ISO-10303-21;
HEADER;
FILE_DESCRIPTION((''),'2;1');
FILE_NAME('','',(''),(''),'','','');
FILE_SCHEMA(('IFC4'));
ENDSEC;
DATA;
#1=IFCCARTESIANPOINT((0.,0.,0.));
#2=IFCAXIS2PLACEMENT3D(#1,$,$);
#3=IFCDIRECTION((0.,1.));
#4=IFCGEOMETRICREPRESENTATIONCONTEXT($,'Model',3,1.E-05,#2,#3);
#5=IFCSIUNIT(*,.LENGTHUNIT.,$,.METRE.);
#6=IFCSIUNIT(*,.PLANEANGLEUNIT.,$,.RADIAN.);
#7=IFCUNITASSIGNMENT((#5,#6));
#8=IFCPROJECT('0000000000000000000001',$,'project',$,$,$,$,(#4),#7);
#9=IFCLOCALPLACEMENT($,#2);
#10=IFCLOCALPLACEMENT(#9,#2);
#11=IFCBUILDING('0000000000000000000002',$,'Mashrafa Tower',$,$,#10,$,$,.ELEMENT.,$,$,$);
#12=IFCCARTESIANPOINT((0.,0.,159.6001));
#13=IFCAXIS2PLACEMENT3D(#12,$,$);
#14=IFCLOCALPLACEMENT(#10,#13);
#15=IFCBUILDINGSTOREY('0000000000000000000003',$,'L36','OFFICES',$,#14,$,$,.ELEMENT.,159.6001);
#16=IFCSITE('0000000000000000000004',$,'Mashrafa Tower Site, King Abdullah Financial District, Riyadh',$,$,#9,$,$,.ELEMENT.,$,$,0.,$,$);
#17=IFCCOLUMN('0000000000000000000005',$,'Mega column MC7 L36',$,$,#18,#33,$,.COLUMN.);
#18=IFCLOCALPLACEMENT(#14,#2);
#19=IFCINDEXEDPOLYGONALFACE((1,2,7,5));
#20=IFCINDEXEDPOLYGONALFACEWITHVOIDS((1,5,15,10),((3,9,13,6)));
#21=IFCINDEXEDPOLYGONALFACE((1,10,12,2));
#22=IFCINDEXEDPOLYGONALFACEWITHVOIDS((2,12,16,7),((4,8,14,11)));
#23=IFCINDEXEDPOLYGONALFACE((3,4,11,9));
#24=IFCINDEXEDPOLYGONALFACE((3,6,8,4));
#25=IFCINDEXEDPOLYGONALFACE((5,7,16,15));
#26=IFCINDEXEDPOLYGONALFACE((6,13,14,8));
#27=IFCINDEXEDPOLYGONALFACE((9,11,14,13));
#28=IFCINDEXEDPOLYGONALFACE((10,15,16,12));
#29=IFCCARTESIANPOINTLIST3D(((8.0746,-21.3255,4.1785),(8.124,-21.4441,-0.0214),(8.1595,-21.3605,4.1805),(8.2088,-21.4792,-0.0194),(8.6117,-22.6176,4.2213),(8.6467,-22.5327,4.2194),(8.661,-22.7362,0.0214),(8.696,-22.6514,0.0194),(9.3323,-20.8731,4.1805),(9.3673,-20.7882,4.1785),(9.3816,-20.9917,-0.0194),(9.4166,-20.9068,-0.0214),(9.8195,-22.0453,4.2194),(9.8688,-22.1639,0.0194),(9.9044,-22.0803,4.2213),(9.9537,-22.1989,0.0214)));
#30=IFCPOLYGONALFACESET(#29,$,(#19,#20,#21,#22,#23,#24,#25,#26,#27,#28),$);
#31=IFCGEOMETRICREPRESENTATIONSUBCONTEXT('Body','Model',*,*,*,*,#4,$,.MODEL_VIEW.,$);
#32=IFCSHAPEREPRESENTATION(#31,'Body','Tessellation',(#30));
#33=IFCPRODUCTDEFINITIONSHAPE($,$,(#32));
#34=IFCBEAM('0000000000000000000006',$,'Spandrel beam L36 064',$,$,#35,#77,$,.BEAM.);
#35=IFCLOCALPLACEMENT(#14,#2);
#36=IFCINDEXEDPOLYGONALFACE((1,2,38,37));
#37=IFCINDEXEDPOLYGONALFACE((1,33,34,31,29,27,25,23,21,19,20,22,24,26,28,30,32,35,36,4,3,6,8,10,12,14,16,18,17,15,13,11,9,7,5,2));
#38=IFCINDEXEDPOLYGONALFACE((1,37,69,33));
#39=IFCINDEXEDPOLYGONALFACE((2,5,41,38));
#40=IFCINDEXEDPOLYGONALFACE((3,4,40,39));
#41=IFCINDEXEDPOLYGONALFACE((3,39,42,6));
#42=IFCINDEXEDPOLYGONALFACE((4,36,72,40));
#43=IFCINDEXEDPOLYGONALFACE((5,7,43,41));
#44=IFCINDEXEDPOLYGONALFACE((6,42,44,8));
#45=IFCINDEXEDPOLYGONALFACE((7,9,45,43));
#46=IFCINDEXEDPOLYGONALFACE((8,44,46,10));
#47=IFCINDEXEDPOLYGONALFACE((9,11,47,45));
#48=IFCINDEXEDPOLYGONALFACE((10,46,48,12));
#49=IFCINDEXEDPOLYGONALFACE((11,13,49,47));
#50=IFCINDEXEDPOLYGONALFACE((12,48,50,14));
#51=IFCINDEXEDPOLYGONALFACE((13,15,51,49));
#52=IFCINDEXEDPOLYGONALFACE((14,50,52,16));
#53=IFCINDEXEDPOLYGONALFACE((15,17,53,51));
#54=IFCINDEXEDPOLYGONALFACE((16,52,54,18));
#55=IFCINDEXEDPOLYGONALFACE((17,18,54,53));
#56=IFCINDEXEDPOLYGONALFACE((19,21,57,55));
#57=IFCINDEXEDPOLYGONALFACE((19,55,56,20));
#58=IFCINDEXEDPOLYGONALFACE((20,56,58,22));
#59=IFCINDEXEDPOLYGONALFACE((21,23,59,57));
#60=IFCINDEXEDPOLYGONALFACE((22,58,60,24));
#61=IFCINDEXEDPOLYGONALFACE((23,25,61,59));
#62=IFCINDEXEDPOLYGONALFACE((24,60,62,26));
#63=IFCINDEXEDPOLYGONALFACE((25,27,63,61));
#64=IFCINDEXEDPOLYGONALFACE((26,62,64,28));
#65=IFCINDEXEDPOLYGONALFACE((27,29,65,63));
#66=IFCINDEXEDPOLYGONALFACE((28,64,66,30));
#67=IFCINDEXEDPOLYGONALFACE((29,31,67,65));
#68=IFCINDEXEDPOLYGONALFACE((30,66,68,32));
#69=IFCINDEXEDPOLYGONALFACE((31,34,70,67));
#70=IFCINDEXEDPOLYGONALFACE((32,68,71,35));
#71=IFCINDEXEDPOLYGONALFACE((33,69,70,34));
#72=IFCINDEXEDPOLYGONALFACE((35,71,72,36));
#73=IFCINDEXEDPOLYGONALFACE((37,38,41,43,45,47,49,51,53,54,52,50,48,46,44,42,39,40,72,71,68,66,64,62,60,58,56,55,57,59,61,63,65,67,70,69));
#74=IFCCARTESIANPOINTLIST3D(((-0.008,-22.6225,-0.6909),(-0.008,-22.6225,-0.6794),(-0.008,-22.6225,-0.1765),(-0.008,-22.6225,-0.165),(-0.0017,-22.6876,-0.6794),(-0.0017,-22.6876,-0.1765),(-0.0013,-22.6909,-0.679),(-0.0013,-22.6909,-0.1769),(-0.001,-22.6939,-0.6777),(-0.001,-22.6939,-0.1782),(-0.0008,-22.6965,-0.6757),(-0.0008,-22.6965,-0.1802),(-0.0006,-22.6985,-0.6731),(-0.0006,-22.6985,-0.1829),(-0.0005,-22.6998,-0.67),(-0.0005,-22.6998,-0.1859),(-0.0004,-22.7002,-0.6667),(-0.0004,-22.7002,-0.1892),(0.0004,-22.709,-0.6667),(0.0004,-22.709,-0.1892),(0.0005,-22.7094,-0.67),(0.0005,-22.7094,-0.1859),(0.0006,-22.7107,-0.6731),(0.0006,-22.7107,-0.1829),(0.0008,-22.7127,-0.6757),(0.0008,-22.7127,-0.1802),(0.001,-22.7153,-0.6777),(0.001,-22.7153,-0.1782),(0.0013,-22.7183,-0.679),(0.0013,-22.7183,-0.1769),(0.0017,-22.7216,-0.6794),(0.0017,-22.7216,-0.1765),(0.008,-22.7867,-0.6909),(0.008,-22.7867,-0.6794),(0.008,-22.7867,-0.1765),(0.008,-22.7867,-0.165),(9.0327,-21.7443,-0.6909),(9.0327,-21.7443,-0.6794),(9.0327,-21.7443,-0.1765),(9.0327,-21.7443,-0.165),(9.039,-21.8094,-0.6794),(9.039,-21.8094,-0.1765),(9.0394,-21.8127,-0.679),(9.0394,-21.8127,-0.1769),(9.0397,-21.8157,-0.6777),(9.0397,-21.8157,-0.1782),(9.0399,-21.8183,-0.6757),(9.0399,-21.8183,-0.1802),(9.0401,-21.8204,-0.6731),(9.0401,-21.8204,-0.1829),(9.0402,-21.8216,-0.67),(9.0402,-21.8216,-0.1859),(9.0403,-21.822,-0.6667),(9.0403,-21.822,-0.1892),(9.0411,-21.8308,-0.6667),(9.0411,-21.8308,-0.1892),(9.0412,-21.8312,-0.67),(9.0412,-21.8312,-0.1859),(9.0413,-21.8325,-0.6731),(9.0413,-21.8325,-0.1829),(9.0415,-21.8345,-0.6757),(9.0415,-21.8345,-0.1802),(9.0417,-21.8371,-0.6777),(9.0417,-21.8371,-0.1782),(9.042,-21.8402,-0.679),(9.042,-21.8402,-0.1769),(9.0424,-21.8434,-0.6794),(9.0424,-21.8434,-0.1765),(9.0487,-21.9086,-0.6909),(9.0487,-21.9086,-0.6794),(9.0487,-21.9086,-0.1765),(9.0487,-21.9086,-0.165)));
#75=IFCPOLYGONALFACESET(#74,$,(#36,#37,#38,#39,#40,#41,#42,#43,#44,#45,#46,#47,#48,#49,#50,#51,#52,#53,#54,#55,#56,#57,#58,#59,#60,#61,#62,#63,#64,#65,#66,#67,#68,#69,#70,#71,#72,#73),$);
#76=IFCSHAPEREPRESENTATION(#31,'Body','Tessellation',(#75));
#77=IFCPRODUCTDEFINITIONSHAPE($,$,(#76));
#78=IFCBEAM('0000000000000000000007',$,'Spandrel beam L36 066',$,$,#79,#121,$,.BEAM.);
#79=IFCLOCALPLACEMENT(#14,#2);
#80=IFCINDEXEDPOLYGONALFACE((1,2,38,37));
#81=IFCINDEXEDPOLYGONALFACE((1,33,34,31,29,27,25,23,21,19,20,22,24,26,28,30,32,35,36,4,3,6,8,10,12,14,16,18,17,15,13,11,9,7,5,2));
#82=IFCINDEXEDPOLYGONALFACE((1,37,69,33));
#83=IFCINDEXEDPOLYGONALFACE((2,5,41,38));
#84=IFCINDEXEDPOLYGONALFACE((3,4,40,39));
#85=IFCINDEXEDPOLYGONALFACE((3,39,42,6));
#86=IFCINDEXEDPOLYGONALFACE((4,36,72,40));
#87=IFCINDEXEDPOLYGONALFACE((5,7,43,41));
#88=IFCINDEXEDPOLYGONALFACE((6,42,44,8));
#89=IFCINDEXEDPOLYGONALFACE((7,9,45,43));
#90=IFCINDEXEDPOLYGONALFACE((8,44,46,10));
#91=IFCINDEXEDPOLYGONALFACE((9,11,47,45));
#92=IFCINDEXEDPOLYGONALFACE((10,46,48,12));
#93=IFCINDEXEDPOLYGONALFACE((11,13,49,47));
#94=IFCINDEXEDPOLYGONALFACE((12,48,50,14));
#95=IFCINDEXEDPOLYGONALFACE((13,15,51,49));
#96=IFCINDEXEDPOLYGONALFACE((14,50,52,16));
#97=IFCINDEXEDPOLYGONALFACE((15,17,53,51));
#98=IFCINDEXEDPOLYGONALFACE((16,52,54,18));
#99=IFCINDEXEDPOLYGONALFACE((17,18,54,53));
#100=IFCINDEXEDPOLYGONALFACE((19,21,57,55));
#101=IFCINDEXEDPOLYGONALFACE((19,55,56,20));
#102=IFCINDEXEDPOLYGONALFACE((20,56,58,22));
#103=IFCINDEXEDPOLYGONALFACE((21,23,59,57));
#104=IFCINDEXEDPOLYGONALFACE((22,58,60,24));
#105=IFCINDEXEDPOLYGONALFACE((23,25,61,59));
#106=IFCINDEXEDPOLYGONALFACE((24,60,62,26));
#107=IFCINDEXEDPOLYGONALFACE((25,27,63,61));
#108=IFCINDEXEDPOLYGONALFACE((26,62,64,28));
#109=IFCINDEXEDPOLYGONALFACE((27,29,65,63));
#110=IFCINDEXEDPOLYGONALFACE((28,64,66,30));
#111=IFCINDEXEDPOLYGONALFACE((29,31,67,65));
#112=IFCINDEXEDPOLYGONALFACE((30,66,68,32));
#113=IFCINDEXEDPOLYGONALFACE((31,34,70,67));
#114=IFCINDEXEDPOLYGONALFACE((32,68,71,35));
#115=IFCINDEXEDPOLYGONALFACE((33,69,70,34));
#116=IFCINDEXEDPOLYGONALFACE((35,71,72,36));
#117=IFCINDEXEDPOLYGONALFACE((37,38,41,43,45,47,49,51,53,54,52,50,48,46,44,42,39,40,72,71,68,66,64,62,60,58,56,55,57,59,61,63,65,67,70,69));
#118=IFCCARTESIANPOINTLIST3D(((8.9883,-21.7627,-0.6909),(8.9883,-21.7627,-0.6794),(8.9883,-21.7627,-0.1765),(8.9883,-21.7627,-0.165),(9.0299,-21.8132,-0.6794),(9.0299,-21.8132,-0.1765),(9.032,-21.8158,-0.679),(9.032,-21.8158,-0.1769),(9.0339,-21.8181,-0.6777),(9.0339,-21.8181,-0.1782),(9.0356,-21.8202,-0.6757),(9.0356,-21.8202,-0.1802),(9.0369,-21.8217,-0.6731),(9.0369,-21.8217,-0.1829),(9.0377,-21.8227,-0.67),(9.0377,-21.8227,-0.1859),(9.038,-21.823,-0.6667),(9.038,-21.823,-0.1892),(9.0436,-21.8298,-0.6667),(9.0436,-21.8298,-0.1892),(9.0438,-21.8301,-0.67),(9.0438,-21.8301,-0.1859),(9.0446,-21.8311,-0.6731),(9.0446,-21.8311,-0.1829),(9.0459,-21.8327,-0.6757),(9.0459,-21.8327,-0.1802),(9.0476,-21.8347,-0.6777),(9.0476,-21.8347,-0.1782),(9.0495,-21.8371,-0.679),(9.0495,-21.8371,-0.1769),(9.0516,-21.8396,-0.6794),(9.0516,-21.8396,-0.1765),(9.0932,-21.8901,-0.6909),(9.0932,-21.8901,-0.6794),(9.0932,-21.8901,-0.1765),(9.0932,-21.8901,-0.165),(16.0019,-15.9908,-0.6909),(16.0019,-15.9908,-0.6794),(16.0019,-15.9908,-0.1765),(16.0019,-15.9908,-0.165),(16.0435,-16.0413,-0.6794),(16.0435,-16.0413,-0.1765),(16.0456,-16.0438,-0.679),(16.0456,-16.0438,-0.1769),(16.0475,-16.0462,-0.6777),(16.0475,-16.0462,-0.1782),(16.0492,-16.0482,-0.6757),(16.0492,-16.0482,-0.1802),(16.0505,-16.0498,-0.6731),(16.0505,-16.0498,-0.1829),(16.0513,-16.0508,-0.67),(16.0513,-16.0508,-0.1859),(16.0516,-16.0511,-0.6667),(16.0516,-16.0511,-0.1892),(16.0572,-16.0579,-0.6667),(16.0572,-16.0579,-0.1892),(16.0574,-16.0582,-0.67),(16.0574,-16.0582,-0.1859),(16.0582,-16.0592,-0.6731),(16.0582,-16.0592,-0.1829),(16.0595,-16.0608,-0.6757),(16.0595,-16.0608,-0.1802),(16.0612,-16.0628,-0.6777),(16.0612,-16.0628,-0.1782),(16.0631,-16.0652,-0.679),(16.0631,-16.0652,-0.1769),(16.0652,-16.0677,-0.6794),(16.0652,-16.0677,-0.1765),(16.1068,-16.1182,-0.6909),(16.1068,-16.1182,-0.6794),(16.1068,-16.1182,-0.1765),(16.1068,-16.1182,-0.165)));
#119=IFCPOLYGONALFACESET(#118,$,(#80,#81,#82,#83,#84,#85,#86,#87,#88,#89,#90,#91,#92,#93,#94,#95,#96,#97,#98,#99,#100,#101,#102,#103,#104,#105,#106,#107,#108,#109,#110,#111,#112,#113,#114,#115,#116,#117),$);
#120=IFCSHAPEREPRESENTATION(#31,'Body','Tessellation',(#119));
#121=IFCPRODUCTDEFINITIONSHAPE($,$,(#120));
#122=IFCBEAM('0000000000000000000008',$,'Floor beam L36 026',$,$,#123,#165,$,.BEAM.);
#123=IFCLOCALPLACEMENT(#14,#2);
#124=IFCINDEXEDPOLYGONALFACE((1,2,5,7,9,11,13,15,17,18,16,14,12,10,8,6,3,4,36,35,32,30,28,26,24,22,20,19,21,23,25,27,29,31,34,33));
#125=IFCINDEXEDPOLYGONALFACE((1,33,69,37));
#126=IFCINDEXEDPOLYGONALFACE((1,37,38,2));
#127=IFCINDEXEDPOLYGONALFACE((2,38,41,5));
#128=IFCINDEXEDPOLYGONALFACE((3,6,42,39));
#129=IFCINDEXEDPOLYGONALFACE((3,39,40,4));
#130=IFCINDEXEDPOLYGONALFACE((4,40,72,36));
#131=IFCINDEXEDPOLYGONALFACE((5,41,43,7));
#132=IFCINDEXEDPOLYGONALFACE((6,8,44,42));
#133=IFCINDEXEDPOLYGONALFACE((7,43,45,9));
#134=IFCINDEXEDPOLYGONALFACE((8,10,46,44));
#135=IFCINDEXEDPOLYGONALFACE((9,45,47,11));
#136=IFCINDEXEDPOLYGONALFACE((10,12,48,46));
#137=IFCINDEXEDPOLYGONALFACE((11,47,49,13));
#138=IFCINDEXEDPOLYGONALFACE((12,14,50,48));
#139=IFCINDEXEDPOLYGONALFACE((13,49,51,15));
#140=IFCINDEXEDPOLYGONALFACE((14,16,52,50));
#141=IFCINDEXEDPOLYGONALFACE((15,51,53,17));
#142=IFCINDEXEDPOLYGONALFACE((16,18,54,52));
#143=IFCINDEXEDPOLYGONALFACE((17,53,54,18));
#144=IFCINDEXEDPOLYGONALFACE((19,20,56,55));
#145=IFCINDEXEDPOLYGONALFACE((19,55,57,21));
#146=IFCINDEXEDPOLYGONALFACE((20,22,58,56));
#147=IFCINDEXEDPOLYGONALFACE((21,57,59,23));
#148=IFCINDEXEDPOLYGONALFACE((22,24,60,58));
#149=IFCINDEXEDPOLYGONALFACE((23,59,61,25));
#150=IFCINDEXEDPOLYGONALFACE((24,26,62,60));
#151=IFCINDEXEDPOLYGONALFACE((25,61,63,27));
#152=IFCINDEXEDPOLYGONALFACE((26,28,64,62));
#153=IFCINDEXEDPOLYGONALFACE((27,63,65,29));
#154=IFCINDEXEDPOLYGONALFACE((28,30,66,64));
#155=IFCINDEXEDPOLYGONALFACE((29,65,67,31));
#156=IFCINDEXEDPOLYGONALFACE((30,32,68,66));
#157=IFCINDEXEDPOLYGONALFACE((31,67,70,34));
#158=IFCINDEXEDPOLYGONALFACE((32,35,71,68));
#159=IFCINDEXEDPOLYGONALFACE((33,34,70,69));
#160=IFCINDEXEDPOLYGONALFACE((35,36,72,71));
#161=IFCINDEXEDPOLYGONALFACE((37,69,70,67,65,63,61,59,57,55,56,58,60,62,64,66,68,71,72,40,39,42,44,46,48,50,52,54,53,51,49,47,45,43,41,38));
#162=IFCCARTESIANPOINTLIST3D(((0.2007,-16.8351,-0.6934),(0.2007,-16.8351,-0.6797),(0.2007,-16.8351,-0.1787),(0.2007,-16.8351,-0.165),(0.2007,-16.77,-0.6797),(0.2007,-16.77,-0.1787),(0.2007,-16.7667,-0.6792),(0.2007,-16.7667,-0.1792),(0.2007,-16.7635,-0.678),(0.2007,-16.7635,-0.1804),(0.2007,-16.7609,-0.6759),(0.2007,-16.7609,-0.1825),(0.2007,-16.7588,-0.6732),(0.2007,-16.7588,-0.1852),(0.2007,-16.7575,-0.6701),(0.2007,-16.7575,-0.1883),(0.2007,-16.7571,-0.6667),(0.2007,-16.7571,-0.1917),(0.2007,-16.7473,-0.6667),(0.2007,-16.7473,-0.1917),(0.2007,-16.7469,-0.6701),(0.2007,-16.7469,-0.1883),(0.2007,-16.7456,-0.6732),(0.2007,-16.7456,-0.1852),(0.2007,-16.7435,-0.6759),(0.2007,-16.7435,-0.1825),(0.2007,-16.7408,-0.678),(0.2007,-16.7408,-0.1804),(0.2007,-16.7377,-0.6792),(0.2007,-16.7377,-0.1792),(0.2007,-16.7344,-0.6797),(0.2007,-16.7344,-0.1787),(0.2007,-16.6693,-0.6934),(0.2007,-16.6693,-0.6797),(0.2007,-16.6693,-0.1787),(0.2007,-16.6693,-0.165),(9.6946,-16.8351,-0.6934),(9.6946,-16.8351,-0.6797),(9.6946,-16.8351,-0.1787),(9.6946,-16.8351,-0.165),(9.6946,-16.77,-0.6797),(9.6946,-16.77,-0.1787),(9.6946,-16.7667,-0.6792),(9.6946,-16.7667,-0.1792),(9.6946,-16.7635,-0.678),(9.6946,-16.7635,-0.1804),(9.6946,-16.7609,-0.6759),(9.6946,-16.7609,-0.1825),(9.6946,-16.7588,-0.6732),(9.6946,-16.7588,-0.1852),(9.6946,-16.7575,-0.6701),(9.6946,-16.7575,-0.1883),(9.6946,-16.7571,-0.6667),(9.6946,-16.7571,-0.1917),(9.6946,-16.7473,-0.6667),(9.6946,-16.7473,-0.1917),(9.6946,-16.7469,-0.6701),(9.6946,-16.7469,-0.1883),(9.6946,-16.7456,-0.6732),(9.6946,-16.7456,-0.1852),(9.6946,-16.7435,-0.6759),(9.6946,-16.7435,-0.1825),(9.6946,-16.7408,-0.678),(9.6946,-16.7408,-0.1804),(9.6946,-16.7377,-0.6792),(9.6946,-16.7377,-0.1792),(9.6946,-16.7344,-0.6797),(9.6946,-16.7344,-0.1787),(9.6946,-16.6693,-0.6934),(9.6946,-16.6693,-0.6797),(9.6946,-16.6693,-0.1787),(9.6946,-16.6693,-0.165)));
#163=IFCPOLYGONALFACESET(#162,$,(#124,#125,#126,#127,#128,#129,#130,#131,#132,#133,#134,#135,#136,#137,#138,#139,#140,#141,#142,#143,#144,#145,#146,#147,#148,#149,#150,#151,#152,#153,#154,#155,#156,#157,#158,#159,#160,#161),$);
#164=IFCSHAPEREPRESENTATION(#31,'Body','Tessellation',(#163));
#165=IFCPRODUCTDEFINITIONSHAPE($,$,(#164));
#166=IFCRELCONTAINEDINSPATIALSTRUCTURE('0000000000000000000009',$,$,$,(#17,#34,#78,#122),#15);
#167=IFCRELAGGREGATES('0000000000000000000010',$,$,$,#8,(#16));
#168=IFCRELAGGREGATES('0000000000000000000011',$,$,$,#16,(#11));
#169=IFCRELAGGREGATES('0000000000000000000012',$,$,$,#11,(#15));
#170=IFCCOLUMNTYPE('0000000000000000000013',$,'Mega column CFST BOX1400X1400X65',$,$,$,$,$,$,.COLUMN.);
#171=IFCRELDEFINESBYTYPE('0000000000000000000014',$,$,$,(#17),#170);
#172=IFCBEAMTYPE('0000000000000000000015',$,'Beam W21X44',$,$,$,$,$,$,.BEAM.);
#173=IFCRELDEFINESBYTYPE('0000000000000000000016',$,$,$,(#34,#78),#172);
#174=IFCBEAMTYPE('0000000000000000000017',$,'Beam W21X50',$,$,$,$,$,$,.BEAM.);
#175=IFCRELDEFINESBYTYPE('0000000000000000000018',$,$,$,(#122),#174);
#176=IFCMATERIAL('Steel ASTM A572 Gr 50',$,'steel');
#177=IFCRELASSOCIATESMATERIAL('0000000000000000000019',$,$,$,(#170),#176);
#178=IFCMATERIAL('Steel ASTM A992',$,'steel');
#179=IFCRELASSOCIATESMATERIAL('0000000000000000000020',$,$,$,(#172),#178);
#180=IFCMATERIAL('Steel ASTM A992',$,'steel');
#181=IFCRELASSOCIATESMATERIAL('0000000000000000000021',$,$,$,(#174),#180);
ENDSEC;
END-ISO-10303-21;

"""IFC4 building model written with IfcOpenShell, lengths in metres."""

from ifc_helpers import new_model, si_unit, direction, frame, origin, origin_2d, place, context, subcontext, project, spatial, hollow_rectangle, i_section, extrude, material, material_profile, profile_set, type_object, element, save


model = new_model("IFC4")

# Units and contexts
model_context = context("Model", 3, precision=1e-05, world=origin(), true_north=direction((0.0, 1.0)))
body_context = subcontext(model_context, "Body", "Model", "MODEL_VIEW")
ifc_project = project(units=[si_unit("LENGTHUNIT", "METRE"), si_unit("PLANEANGLEUNIT", "RADIAN")], contexts=[model_context])

# Site, building, storey
site_placement = place(None, origin())
site = spatial("IfcSite", under=ifc_project, at=site_placement, Name="Mashrafa Tower Site, King Abdullah Financial District, Riyadh", CompositionType="ELEMENT", RefElevation=0.0)
building_placement = place(site_placement, origin())
building = spatial("IfcBuilding", under=site, at=building_placement, Name="Mashrafa Tower", CompositionType="ELEMENT")
storey_placement = place(building_placement, frame((0.0, 0.0, 159.6001)))
storey = spatial("IfcBuildingStorey", under=building, at=storey_placement, Name="L36", Description="OFFICES", CompositionType="ELEMENT", Elevation=159.6001)

# Column
ifc_material_1 = material(Name="Steel ASTM A572 Gr 50", Category="steel")
ifc_material_profile_1 = material_profile(ifc_material_1, hollow_rectangle(XDim=1.3999, YDim=1.3999, WallThickness=0.0649, at=origin_2d()), Name="BOX1400X1400X65")
ifc_profile_set_1 = profile_set([ifc_material_profile_1], Name="Steel ASTM A572 Gr 50")
column_type = type_object("IfcColumnType", Name="Mega column CFST BOX1400X1400X65", PredefinedType="COLUMN", material=ifc_profile_set_1)
column_placement = place(storey_placement, frame((9.0388, -21.8215, 0.0), z_axis=(-0.011737, 0.028238, 0.999532), x_axis=(-0.923414, -0.383806, 0.0)))
element("IfcColumn", 1, at=column_placement, inside=storey, type_object=column_type, Name="Mega column MC7 L36", PredefinedType="COLUMN", context=body_context, shape_type="SweptSolid", body=[
    extrude(hollow_rectangle(XDim=1.3999, YDim=1.3999, WallThickness=0.0649, at=origin_2d()), origin(), (0.0, 0.0, 1.0), 4.2019),
])

# Beams
ifc_material_2 = material(Name="Steel ASTM A992", Category="steel")
ifc_material_profile_2 = material_profile(ifc_material_2, i_section(OverallWidth=0.165, OverallDepth=0.5259, WebThickness=0.0088, FlangeThickness=0.0115, FilletRadius=0.0127, at=origin_2d()), Name="W21X44")
ifc_profile_set_2 = profile_set([ifc_material_profile_2], Name="Steel ASTM A992")
beam_type_1 = type_object("IfcBeamType", Name="Beam W21X44", PredefinedType="BEAM", material=ifc_profile_set_2)
for number, where, z_axis, x_axis, name in (
    (2, (0.0, -22.7046, -0.428), (0.995316, 0.09668, 0.0), (-0.09668, 0.995316, 0.0), "Spandrel beam L36 064"),
    (3, (9.0408, -21.8264, -0.428), (0.772146, 0.635445, 0.0), (-0.635445, 0.772146, 0.0), "Spandrel beam L36 066"),
):
    element("IfcBeam", number, at=place(storey_placement, frame(where, z_axis=z_axis, x_axis=x_axis)), inside=storey, type_object=beam_type_1, Name=name, PredefinedType="BEAM", context=body_context, shape_type="SweptSolid", body=[
        extrude(i_section(OverallWidth=0.165, OverallDepth=0.5259, WebThickness=0.0088, FlangeThickness=0.0115, FilletRadius=0.0127, at=origin_2d()), origin(), (0.0, 0.0, 1.0), 9.0833),
    ])
ifc_material_3 = material(Name="Steel ASTM A992", Category="steel")
ifc_material_profile_3 = material_profile(ifc_material_3, i_section(OverallWidth=0.1658, OverallDepth=0.5283, WebThickness=0.0098, FlangeThickness=0.0137, FilletRadius=0.0129, at=origin_2d()), Name="W21X50")
ifc_profile_set_3 = profile_set([ifc_material_profile_3], Name="Steel ASTM A992")
beam_type_2 = type_object("IfcBeamType", Name="Beam W21X50", PredefinedType="BEAM", material=ifc_profile_set_3)
beam_1_placement = place(storey_placement, frame((9.6946, -16.7522, -0.4292), z_axis=(-1.0, 0.0, 0.0), x_axis=(0.0, -1.0, 0.0)))
element("IfcBeam", 4, at=beam_1_placement, inside=storey, type_object=beam_type_2, Name="Floor beam L36 026", PredefinedType="BEAM", context=body_context, shape_type="SweptSolid", body=[
    extrude(i_section(OverallWidth=0.1658, OverallDepth=0.5283, WebThickness=0.0098, FlangeThickness=0.0137, FilletRadius=0.0129, at=origin_2d()), origin(), (0.0, 0.0, 1.0), 9.4939),
])

save(model, "model.ifc")
